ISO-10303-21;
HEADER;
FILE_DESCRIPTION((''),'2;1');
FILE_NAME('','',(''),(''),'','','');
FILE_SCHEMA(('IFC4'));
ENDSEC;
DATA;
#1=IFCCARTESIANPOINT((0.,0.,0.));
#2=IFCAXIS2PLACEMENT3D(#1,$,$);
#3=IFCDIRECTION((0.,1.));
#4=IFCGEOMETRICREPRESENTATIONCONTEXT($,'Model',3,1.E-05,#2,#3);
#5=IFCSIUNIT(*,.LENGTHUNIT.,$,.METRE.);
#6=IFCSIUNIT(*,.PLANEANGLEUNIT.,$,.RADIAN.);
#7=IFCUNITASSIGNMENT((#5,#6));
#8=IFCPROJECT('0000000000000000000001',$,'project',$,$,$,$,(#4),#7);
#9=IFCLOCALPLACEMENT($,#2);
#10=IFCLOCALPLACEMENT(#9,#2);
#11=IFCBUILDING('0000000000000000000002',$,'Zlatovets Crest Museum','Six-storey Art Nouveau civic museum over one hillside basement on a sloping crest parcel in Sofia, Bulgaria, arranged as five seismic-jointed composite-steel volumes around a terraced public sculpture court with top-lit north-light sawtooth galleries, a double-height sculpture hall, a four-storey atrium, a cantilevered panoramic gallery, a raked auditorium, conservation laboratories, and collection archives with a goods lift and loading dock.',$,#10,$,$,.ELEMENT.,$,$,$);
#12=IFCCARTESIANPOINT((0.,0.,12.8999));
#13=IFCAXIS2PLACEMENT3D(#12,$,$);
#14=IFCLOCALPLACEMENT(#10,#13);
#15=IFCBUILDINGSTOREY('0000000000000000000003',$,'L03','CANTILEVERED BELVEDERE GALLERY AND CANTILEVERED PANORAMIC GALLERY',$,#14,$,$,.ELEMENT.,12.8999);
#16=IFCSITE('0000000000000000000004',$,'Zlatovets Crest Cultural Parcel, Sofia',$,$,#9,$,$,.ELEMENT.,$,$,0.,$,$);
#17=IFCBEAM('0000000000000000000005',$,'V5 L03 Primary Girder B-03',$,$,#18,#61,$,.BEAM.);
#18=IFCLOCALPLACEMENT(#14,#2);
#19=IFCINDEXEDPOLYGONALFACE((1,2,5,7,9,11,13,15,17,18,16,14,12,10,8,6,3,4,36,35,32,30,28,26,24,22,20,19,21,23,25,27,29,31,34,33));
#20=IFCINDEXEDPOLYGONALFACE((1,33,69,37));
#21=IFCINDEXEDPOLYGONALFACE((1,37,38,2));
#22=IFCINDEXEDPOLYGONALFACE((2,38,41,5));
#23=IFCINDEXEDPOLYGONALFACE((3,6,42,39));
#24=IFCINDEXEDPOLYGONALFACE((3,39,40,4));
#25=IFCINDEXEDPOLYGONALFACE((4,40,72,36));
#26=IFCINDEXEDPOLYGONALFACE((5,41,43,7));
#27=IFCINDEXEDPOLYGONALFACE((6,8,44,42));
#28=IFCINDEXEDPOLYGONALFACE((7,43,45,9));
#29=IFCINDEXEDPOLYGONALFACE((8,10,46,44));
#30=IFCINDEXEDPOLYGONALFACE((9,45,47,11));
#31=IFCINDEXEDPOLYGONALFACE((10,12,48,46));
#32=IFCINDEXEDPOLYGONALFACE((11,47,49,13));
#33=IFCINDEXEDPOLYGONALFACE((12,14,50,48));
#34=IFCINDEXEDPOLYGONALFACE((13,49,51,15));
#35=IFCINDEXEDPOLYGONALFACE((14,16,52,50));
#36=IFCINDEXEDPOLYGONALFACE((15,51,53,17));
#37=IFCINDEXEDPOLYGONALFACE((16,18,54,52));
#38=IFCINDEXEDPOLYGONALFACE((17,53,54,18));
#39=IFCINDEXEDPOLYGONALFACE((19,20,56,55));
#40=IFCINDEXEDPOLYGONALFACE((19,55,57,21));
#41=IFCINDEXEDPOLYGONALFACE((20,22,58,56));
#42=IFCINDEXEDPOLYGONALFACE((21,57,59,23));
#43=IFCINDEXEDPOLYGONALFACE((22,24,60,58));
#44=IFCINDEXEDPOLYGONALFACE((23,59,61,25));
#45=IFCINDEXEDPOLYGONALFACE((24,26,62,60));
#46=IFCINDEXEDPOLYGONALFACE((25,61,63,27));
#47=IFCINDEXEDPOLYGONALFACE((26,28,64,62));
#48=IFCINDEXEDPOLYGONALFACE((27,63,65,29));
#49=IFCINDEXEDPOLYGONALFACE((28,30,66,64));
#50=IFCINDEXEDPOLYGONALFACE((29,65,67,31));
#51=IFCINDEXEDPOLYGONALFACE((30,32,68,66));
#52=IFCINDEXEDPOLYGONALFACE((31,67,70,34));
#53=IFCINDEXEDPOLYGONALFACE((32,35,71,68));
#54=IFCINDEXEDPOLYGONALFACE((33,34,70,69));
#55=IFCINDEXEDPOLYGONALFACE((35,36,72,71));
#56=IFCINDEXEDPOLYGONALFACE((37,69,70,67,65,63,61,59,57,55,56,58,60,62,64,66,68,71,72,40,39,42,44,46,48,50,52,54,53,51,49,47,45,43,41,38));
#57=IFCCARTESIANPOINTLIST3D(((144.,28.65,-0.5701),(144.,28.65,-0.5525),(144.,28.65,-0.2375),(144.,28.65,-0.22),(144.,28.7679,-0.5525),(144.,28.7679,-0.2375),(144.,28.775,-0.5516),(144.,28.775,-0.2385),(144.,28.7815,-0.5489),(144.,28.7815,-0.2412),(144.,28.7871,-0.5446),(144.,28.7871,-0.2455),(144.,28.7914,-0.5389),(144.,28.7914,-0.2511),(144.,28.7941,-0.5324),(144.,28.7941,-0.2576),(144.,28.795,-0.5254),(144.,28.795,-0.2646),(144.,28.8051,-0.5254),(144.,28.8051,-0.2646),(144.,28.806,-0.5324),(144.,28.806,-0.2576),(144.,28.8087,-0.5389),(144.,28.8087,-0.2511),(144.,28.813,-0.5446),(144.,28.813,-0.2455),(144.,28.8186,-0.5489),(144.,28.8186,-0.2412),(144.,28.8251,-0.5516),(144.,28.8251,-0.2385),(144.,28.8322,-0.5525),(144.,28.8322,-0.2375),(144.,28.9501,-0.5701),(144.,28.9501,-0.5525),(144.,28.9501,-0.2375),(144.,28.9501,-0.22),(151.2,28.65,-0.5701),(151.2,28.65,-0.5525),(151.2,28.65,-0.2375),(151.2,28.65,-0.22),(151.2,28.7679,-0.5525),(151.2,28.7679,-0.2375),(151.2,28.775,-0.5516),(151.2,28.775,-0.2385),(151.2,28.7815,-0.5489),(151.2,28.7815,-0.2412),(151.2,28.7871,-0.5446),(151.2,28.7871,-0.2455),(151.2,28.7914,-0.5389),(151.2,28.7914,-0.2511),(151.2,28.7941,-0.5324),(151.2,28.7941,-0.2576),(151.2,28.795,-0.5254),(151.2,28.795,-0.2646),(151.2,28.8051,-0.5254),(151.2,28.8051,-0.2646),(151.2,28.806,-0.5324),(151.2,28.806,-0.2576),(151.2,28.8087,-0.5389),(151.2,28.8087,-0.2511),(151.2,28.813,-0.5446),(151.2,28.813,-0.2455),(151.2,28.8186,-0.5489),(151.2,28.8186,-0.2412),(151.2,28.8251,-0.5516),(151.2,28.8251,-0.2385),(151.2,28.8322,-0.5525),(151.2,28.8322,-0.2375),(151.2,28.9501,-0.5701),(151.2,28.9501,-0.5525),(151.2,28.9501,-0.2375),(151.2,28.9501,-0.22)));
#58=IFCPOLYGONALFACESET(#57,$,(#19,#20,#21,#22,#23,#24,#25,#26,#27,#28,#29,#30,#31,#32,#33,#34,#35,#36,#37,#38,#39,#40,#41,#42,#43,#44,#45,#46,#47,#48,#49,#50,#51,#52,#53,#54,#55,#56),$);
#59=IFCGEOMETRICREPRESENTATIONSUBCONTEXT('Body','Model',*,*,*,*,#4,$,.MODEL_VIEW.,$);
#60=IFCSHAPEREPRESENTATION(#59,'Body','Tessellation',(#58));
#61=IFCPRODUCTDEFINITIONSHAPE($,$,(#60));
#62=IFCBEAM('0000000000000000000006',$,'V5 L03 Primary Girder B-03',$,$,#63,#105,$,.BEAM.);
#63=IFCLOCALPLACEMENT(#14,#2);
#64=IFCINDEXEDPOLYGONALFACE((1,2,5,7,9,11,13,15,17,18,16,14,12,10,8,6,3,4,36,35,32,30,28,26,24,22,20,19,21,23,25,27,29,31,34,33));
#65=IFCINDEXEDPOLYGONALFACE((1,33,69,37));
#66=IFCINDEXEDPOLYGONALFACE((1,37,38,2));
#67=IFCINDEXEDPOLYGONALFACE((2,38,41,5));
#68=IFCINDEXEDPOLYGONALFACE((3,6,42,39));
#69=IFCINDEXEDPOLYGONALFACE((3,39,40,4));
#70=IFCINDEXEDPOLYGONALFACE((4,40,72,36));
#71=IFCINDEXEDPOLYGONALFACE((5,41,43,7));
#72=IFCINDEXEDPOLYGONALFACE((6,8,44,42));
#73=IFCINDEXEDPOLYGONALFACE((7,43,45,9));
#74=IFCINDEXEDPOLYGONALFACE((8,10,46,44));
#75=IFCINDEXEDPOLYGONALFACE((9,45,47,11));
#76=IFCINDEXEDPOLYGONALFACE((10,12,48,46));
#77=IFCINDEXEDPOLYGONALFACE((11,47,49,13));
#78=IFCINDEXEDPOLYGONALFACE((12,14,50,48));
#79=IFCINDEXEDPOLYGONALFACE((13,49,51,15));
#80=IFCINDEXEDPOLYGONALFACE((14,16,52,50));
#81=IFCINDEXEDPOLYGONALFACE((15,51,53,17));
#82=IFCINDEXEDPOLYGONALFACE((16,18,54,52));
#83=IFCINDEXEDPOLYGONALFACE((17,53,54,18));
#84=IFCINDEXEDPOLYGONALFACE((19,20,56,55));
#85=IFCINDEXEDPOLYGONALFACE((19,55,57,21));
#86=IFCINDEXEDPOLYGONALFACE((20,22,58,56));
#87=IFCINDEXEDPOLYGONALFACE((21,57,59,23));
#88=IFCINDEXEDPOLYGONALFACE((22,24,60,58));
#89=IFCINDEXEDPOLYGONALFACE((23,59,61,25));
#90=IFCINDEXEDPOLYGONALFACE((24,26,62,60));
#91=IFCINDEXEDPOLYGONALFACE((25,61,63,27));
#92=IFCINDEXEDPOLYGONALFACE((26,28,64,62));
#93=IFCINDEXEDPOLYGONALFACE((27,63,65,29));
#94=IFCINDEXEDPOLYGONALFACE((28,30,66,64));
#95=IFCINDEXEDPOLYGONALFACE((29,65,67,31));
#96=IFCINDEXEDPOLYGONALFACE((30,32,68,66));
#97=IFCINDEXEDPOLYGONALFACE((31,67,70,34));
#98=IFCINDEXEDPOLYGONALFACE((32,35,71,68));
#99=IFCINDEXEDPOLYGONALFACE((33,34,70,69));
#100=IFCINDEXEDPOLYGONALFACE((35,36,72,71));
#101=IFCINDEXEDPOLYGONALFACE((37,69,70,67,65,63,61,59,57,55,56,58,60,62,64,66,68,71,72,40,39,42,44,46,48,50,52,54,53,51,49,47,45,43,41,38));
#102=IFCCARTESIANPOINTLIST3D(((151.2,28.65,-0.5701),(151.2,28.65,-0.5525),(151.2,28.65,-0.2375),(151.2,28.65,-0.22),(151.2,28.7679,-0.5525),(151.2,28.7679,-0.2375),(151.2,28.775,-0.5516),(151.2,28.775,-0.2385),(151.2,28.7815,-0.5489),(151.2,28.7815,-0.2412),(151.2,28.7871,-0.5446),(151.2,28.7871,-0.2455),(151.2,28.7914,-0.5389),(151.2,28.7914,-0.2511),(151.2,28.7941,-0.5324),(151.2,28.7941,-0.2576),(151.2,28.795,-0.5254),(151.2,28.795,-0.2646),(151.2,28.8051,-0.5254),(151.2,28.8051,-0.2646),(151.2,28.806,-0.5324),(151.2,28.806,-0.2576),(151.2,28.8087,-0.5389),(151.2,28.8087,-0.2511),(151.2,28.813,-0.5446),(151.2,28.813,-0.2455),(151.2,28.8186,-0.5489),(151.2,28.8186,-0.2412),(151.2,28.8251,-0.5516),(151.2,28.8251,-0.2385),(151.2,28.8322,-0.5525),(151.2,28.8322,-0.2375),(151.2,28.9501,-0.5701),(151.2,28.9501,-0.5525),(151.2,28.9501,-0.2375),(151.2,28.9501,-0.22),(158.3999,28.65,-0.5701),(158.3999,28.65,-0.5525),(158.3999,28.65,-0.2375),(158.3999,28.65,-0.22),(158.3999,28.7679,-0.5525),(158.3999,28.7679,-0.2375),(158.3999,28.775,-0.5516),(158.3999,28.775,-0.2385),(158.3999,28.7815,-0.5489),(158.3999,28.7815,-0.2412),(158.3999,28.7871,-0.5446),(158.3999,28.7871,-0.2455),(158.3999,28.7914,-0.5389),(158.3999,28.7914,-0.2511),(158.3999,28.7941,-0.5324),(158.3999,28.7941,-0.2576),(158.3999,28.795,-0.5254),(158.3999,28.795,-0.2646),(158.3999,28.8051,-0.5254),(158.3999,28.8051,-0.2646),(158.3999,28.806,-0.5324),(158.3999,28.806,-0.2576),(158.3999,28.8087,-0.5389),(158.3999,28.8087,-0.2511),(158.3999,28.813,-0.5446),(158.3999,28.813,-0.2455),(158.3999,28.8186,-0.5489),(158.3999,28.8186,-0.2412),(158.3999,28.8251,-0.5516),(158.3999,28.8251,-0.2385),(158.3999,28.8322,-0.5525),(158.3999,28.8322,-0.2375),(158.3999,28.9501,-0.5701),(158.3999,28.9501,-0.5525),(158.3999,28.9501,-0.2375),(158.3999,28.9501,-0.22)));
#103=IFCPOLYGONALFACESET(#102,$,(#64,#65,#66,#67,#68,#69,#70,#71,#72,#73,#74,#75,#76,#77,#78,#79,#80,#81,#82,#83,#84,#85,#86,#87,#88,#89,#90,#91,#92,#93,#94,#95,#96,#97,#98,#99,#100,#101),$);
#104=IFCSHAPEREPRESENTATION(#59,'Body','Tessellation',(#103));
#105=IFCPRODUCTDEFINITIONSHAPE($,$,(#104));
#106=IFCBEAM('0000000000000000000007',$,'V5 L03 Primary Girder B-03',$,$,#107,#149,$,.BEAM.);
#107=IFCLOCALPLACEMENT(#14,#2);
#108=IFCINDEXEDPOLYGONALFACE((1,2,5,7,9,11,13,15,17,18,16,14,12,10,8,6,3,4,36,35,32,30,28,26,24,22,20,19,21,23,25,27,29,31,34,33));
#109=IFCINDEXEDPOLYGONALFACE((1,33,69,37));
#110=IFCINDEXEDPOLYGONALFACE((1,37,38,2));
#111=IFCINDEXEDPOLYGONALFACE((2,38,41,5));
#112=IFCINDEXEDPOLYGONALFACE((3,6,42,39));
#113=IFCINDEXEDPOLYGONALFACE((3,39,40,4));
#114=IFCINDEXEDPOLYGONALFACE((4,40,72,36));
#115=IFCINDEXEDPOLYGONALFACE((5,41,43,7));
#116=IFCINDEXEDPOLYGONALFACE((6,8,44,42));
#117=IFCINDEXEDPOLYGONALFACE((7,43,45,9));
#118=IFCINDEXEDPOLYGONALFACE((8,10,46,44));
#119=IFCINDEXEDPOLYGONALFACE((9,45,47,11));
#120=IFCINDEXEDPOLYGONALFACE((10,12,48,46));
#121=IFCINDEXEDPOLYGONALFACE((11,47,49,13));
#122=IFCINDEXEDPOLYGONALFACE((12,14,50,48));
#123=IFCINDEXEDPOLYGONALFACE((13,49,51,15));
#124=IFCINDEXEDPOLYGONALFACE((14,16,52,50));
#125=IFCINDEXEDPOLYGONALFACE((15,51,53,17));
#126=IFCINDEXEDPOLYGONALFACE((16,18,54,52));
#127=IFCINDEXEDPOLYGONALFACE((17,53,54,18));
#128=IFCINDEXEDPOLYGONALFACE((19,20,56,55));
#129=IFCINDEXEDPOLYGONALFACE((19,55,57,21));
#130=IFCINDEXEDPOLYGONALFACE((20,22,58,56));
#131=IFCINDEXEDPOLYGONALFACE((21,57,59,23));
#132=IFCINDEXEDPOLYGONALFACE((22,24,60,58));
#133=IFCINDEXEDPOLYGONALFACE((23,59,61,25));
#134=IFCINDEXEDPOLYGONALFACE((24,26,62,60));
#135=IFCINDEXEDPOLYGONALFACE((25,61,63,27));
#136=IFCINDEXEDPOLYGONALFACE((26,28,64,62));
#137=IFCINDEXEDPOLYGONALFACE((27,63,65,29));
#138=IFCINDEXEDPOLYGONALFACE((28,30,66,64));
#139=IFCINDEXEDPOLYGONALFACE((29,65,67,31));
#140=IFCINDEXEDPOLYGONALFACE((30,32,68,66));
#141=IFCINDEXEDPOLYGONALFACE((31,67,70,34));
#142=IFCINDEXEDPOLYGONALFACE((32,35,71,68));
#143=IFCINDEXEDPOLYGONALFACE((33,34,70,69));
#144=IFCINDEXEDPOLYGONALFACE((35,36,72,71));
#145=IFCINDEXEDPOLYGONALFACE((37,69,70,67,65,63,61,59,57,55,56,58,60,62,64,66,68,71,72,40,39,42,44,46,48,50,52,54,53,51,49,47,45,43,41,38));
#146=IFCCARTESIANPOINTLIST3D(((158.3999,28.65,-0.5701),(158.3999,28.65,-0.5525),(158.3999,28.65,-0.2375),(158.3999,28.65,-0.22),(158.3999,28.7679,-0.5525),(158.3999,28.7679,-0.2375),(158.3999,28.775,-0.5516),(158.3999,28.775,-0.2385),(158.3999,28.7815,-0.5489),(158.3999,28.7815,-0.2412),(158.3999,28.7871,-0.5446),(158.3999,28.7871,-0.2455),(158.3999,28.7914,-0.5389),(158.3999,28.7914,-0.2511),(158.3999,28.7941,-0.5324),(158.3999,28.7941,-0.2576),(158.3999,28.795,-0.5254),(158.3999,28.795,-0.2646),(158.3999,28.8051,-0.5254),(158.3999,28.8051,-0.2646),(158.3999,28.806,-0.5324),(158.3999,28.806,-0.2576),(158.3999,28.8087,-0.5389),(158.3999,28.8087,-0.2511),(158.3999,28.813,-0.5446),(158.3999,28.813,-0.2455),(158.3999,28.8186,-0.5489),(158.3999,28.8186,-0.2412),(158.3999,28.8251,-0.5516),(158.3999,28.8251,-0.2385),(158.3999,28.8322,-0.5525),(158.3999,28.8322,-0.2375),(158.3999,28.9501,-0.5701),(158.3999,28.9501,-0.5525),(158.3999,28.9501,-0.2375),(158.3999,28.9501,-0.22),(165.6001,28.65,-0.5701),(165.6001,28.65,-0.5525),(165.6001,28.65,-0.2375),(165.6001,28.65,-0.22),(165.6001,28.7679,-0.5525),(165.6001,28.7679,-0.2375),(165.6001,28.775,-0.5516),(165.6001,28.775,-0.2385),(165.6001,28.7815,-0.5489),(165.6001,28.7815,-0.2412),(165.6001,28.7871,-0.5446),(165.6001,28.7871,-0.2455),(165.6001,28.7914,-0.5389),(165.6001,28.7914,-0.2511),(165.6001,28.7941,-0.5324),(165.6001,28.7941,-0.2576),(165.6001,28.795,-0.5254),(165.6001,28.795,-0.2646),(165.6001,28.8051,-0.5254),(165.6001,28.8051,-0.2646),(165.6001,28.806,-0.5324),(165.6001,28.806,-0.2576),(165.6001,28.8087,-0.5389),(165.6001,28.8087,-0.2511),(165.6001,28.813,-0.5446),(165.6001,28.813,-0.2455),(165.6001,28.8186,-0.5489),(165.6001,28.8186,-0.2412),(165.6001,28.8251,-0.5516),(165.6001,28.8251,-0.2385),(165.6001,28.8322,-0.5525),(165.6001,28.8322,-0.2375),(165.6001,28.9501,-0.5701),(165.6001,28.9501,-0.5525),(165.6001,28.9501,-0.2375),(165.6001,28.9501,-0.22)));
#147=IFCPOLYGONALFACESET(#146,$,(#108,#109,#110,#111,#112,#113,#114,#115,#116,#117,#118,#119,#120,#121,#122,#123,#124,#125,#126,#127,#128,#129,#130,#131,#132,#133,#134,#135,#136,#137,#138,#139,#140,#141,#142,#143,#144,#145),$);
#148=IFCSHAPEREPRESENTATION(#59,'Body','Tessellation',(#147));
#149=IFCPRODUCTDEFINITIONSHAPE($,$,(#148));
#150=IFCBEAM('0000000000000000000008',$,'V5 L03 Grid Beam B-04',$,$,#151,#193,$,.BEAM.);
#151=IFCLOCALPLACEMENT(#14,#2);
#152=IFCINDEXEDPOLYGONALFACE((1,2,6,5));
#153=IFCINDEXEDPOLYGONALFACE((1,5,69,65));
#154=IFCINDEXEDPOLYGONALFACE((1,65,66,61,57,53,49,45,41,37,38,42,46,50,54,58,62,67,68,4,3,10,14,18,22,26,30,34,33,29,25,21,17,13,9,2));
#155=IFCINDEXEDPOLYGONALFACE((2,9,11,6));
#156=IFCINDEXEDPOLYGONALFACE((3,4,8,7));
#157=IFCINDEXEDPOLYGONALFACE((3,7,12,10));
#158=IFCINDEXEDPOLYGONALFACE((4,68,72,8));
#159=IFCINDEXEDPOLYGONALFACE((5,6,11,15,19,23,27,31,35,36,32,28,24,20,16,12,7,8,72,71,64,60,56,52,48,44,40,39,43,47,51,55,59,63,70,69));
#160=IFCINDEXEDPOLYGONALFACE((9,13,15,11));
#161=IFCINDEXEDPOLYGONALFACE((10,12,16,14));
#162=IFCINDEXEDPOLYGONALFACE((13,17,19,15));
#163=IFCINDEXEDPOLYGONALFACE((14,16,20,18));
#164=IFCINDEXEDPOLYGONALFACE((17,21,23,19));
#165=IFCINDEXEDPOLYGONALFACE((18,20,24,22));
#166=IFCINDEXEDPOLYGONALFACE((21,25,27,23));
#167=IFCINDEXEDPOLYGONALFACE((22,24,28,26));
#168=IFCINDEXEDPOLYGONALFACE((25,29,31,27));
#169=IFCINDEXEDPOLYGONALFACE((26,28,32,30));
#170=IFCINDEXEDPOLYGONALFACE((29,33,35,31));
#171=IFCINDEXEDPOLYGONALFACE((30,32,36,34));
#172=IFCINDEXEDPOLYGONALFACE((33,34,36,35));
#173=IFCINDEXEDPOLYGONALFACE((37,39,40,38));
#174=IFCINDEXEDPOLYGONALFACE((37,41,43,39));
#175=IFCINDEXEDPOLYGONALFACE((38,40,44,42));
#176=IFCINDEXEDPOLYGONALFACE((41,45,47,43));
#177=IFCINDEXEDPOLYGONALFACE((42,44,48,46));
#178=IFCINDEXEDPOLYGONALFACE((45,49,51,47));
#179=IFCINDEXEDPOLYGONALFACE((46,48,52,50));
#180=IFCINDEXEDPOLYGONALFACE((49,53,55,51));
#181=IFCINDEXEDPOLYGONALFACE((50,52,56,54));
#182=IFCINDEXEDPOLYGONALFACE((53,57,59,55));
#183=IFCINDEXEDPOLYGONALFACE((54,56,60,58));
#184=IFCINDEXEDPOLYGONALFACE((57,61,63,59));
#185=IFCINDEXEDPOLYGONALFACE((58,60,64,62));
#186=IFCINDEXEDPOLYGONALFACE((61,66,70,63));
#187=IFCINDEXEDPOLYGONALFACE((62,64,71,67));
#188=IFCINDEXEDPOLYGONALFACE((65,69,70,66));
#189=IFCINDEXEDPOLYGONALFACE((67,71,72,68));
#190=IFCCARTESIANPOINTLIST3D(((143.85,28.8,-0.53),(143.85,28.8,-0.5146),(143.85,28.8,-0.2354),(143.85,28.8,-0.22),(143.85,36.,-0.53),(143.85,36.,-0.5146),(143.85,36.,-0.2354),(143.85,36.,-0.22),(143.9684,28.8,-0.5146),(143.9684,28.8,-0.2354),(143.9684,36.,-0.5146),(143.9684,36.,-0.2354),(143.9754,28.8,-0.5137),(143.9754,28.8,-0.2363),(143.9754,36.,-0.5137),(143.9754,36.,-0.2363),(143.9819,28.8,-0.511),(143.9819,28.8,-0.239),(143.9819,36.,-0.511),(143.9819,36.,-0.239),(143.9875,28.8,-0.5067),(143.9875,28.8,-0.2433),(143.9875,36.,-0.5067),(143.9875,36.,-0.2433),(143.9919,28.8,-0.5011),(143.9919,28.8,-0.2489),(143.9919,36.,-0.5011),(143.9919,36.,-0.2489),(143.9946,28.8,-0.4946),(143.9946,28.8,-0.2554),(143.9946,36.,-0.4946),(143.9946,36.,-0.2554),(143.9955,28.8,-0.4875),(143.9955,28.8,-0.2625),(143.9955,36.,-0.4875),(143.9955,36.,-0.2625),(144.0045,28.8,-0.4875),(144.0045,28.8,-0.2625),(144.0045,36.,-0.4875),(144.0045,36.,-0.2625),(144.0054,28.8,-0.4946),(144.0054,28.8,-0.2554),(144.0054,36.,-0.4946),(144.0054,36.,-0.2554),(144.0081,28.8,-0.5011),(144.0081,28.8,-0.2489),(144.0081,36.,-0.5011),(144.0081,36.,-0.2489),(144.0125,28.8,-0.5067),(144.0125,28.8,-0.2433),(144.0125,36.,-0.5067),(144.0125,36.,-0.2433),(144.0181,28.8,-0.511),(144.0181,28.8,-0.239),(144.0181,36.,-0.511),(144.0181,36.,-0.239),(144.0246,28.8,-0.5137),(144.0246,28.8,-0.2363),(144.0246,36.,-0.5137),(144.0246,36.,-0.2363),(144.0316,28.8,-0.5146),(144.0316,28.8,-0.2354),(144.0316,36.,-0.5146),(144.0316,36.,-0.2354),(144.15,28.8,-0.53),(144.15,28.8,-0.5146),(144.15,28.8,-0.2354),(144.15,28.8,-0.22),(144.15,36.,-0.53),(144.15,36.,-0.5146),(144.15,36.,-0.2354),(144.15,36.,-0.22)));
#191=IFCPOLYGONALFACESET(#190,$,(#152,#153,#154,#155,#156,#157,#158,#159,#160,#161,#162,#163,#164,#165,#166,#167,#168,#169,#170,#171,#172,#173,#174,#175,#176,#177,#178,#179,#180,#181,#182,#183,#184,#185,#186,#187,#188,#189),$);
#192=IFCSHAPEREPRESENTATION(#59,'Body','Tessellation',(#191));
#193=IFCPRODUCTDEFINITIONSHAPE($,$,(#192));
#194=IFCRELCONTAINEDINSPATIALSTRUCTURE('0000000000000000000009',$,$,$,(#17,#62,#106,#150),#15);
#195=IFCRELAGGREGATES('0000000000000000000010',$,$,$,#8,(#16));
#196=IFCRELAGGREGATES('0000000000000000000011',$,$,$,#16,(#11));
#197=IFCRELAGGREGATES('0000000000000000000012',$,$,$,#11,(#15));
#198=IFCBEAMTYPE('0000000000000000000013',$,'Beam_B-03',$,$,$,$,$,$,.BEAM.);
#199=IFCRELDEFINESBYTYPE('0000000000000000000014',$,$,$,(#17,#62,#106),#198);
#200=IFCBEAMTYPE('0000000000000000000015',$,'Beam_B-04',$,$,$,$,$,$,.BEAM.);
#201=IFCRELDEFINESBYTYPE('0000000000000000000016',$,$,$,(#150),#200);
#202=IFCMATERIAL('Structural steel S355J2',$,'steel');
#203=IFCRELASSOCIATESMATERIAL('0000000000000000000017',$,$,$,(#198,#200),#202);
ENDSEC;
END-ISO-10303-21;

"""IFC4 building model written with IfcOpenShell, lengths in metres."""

from ifc_helpers import new_model, si_unit, direction, frame, origin, origin_2d, place, context, subcontext, project, spatial, i_section, extrude, material, material_profile, profile_set, type_object, element, save


model = new_model("IFC4")

# Units and contexts
model_context = context("Model", 3, precision=1e-05, world=origin(), true_north=direction((0.0, 1.0)))
body_context = subcontext(model_context, "Body", "Model", "MODEL_VIEW")
ifc_project = project(units=[si_unit("LENGTHUNIT", "METRE"), si_unit("PLANEANGLEUNIT", "RADIAN")], contexts=[model_context])

# Site, building, storey
site_placement = place(None, origin())
site = spatial("IfcSite", under=ifc_project, at=site_placement, Name="Zlatovets Crest Cultural Parcel, Sofia", CompositionType="ELEMENT", RefElevation=0.0)
building_placement = place(site_placement, origin())
building = spatial("IfcBuilding", under=site, at=building_placement, Name="Zlatovets Crest Museum", Description="Six-storey Art Nouveau civic museum over one hillside basement on a sloping crest parcel in Sofia, Bulgaria, arranged as five seismic-jointed composite-steel volumes around a terraced public sculpture court with top-lit north-light sawtooth galleries, a double-height sculpture hall, a four-storey atrium, a cantilevered panoramic gallery, a raked auditorium, conservation laboratories, and collection archives with a goods lift and loading dock.", CompositionType="ELEMENT")
storey_placement = place(building_placement, frame((0.0, 0.0, 12.8999)))
storey = spatial("IfcBuildingStorey", under=building, at=storey_placement, Name="L03", Description="CANTILEVERED BELVEDERE GALLERY AND CANTILEVERED PANORAMIC GALLERY", CompositionType="ELEMENT", Elevation=12.8999)

# Beams
ifc_material_1 = material(Name="Structural steel S355J2", Category="steel")
ifc_material_profile_1 = material_profile(ifc_material_1, i_section(OverallWidth=0.3, OverallDepth=0.3501, WebThickness=0.01, FlangeThickness=0.0176, FilletRadius=0.0271, at=origin_2d()), Name="HEA 360")
ifc_profile_set_1 = profile_set([ifc_material_profile_1], Name="Structural steel S355J2")
beam_type_1 = type_object("IfcBeamType", Name="Beam_B-03", PredefinedType="BEAM", material=ifc_profile_set_1)
for number, where, z_axis, x_axis, name in (
    (1, (144.0, 28.8, -0.395), (1.0, 0.0, 0.0), (0.0, 1.0, 0.0), "V5 L03 Primary Girder B-03"),
    (2, (151.2, 28.8, -0.395), (1.0, 0.0, 0.0), (0.0, 1.0, 0.0), "V5 L03 Primary Girder B-03"),
):
    element("IfcBeam", number, at=place(storey_placement, frame(where, z_axis=z_axis, x_axis=x_axis)), inside=storey, type_object=beam_type_1, Name=name, PredefinedType="BEAM", context=body_context, shape_type="SweptSolid", body=[
        extrude(i_section(OverallWidth=0.3, OverallDepth=0.3501, WebThickness=0.01, FlangeThickness=0.0176, FilletRadius=0.0271, at=origin_2d()), origin(), (0.0, 0.0, 1.0), 7.2),
    ])
beam_1_placement = place(storey_placement, frame((158.3999, 28.8, -0.395), z_axis=(1.0, 0.0, 0.0), x_axis=(0.0, 1.0, 0.0)))
element("IfcBeam", 3, at=beam_1_placement, inside=storey, type_object=beam_type_1, Name="V5 L03 Primary Girder B-03", PredefinedType="BEAM", context=body_context, shape_type="SweptSolid", body=[
    extrude(i_section(OverallWidth=0.3, OverallDepth=0.3501, WebThickness=0.01, FlangeThickness=0.0176, FilletRadius=0.0271, at=origin_2d()), origin(), (0.0, 0.0, 1.0), 7.2002),
])
ifc_material_profile_2 = material_profile(ifc_material_1, i_section(OverallWidth=0.3, OverallDepth=0.3101, WebThickness=0.009, FlangeThickness=0.0154, FilletRadius=0.0271, at=origin_2d()), Name="HEA 320")
ifc_profile_set_2 = profile_set([ifc_material_profile_2], Name="Structural steel S355J2")
beam_type_2 = type_object("IfcBeamType", Name="Beam_B-04", PredefinedType="BEAM", material=ifc_profile_set_2)
beam_2_placement = place(storey_placement, frame((144.0, 28.8, -0.375), z_axis=(0.0, 1.0, 0.0), x_axis=(-1.0, 0.0, 0.0)))
element("IfcBeam", 4, at=beam_2_placement, inside=storey, type_object=beam_type_2, Name="V5 L03 Grid Beam B-04", PredefinedType="BEAM", context=body_context, shape_type="SweptSolid", body=[
    extrude(i_section(OverallWidth=0.3, OverallDepth=0.3101, WebThickness=0.009, FlangeThickness=0.0154, FilletRadius=0.0271, at=origin_2d()), origin(), (0.0, 0.0, 1.0), 7.2),
])

save(model, "model.ifc")
